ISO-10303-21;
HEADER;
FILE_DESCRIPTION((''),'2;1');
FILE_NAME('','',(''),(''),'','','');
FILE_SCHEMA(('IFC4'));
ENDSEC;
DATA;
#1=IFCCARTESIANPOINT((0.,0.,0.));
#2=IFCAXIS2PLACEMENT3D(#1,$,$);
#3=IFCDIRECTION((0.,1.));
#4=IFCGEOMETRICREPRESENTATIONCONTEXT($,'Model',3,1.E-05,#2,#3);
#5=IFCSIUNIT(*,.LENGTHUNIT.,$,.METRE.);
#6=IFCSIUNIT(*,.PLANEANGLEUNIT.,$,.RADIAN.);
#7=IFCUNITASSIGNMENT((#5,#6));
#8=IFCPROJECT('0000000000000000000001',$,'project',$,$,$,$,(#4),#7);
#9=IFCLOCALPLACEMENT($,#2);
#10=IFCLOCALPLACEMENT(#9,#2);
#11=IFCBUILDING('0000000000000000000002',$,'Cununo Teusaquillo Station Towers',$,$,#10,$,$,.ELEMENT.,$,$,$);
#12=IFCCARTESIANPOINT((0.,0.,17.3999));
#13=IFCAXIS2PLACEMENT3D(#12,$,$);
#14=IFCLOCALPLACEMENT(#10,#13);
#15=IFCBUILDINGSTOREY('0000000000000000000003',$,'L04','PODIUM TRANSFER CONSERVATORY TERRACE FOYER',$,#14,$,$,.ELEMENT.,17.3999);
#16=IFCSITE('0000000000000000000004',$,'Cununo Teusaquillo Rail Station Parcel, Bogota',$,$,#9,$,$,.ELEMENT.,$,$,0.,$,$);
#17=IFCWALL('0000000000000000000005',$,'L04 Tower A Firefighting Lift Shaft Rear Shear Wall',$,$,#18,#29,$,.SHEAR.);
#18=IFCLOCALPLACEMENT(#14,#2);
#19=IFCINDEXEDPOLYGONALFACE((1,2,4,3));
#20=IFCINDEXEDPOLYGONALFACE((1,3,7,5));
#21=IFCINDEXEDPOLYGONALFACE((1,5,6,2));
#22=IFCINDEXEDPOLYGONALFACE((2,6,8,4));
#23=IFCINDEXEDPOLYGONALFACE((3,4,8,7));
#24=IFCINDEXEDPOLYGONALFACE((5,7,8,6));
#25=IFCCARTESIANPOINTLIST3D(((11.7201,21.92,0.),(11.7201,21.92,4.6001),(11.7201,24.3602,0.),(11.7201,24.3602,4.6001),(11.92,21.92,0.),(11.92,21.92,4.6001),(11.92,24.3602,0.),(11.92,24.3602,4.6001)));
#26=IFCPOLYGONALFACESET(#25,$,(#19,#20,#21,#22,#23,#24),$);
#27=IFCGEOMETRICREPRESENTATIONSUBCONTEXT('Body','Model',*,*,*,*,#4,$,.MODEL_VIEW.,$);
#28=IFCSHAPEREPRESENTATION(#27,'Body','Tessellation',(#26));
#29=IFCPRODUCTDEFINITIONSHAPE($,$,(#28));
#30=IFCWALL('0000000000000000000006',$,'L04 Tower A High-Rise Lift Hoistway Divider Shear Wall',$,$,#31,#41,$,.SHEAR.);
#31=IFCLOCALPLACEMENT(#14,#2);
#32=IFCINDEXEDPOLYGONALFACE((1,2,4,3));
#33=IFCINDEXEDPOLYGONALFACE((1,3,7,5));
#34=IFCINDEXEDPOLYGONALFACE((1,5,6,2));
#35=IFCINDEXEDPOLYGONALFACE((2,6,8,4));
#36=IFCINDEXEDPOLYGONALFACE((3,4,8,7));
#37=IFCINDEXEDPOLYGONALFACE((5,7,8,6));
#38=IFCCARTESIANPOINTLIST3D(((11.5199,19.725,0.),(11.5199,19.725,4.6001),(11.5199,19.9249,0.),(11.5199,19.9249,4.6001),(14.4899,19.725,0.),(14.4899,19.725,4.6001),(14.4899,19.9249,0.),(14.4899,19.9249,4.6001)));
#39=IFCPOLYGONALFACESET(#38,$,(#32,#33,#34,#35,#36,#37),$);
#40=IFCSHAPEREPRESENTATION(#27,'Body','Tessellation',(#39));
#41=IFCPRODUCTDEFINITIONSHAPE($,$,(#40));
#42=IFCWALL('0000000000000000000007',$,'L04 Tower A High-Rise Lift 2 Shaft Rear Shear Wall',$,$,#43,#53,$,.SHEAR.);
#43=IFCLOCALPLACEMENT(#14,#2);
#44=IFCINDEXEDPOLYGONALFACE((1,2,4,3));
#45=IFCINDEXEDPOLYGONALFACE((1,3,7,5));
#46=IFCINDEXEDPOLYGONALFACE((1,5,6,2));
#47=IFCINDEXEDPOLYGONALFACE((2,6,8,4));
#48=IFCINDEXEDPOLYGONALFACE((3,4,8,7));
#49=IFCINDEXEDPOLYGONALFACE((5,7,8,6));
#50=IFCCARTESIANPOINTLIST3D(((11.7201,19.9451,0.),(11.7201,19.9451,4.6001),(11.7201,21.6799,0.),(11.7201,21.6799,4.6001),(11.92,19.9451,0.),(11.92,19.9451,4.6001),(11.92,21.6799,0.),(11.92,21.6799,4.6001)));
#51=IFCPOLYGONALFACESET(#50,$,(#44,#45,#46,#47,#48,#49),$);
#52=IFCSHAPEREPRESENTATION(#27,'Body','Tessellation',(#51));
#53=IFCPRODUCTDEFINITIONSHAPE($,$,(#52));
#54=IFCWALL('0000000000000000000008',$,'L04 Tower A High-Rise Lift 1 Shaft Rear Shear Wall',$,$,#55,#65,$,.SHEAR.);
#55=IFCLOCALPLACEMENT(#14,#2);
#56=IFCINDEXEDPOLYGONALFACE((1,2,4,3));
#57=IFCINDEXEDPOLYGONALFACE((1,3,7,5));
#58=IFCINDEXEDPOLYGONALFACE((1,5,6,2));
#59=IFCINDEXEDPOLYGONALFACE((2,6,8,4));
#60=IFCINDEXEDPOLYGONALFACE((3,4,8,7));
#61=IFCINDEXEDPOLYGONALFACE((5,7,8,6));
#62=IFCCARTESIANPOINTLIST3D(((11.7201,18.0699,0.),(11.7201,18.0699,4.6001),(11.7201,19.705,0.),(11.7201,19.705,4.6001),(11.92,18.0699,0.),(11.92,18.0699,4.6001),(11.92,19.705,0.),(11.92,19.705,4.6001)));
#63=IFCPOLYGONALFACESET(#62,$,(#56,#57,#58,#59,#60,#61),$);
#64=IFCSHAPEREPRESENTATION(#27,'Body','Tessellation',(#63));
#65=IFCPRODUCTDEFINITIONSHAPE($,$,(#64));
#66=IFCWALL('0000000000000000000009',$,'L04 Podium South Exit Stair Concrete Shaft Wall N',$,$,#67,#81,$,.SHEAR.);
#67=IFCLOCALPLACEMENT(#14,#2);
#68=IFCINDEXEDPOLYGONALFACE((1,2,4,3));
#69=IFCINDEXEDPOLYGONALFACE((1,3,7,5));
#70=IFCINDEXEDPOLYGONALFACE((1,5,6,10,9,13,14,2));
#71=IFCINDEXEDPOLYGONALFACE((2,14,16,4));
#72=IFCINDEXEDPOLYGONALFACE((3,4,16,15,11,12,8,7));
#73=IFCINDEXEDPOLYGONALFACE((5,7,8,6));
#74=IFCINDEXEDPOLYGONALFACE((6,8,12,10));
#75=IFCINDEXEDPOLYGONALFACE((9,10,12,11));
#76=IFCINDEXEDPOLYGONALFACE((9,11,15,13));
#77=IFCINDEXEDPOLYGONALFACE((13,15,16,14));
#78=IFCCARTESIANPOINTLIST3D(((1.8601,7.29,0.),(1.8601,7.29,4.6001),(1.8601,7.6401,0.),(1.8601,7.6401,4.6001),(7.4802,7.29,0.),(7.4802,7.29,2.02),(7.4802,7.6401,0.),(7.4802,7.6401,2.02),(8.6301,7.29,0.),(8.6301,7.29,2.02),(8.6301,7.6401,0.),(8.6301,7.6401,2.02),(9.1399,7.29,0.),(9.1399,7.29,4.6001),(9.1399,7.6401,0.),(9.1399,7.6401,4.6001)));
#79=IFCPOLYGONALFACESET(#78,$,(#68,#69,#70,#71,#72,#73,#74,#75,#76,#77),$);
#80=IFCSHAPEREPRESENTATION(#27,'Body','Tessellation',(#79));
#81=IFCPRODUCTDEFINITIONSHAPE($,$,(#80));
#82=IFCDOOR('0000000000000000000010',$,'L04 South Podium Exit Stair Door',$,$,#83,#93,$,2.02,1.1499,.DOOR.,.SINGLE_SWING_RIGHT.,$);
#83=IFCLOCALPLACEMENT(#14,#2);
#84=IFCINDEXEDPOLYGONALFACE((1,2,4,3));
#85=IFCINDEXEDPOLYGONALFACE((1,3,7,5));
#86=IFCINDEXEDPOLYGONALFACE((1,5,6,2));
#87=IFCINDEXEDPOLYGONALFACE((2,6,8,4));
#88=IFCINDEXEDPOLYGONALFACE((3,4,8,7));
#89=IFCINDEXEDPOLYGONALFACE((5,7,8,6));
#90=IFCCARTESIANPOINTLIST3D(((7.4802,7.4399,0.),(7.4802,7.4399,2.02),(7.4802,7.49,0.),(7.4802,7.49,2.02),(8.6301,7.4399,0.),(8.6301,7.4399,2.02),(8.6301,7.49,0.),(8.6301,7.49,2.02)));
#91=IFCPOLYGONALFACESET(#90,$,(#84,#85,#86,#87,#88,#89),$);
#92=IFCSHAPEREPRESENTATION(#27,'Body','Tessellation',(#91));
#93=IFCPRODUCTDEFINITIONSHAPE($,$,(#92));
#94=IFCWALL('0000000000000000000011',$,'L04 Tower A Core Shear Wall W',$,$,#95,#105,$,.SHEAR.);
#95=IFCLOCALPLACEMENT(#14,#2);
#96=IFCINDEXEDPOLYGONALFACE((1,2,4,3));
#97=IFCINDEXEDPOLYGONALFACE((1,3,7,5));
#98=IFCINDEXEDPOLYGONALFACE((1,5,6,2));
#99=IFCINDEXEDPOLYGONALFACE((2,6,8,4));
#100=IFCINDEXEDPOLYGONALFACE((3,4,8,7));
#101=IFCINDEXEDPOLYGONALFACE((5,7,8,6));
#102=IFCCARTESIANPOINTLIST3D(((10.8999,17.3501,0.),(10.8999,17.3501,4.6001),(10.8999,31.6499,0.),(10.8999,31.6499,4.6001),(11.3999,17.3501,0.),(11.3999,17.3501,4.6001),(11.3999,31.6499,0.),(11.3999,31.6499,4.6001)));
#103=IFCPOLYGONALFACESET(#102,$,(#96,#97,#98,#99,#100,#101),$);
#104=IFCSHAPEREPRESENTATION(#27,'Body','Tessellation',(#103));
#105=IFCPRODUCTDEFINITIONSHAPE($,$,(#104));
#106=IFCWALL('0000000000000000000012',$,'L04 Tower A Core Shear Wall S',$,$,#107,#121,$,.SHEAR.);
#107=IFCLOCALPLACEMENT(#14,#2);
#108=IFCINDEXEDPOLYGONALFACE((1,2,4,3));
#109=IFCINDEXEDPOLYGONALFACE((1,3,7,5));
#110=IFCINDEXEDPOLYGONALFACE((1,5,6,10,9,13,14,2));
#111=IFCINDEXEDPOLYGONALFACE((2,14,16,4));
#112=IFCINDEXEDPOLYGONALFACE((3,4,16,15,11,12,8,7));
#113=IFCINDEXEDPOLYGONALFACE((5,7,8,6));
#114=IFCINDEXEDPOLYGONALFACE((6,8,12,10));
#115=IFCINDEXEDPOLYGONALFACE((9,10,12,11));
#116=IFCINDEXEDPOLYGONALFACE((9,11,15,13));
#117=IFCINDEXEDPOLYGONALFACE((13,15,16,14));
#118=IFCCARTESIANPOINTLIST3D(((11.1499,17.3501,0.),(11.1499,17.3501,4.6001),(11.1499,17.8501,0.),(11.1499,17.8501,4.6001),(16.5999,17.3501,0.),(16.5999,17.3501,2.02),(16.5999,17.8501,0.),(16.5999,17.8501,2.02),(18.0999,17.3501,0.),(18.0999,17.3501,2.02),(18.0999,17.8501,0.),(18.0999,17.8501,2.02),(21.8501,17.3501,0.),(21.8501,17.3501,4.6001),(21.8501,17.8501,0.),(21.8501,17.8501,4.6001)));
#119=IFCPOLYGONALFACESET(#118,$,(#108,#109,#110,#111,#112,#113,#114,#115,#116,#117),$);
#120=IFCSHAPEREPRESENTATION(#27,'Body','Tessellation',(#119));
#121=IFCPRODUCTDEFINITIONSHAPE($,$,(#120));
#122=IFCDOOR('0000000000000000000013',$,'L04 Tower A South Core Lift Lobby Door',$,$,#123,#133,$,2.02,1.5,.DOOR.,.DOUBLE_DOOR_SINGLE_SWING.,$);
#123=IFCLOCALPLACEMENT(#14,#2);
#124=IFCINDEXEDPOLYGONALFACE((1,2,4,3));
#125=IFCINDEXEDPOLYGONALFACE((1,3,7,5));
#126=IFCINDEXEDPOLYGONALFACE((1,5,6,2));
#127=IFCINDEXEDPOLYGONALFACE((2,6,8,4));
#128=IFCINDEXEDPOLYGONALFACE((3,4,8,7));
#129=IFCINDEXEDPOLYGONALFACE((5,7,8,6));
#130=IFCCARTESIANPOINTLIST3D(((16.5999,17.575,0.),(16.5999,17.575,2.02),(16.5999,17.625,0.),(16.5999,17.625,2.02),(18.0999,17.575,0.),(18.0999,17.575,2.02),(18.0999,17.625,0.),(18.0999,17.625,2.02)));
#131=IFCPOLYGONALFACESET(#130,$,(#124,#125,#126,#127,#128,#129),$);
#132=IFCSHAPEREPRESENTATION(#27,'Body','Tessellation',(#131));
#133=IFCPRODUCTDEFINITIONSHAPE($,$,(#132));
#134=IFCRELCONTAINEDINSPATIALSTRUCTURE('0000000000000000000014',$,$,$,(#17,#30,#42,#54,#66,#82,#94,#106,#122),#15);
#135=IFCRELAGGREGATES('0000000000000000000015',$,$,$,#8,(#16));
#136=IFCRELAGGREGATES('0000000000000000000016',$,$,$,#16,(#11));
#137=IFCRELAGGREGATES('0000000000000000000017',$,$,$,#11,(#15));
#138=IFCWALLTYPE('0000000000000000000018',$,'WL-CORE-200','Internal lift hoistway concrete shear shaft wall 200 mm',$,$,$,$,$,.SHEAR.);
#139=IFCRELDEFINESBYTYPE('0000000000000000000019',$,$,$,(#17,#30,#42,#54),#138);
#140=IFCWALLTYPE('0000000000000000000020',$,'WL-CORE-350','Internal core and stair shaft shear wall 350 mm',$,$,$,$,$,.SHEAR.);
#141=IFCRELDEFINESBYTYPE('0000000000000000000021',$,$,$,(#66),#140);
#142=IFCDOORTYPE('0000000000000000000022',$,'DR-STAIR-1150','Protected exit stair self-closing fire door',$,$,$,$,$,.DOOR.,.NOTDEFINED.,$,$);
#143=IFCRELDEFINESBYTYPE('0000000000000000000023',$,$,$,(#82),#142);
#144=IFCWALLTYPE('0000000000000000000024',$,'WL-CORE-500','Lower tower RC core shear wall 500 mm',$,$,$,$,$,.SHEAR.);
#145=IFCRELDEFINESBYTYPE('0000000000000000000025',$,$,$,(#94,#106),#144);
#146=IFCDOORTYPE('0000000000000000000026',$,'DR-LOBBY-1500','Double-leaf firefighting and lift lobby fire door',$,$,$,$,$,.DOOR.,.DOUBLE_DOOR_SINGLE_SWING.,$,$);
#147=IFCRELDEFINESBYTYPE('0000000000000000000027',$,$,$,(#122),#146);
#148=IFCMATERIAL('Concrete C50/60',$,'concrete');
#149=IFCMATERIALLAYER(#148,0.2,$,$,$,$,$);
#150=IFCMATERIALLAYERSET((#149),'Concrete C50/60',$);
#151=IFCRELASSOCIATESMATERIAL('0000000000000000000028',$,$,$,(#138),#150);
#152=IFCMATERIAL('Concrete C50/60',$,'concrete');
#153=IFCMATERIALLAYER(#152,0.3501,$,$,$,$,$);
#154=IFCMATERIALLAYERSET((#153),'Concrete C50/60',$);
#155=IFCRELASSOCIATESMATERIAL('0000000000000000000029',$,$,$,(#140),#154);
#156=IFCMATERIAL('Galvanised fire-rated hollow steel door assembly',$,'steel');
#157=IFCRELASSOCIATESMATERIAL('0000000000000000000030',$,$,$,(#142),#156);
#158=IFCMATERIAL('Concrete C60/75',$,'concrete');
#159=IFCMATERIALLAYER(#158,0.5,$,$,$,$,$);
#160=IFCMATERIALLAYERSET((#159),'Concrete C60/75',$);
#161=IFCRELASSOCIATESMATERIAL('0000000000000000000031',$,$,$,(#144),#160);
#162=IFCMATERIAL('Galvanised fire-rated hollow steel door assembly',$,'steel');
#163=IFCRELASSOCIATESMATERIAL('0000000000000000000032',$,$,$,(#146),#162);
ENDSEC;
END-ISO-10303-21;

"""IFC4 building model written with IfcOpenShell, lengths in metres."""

from ifc_helpers import new_model, si_unit, direction, frame, frame_2d, origin, place, context, subcontext, project, spatial, rectangle, extrude, source, transform, mapped, material, layer, layer_set, type_object, element, fill, save


model = new_model("IFC4")

# Units and contexts
model_context = context("Model", 3, precision=1e-05, world=origin(), true_north=direction((0.0, 1.0)))
body_context = subcontext(model_context, "Body", "Model", "MODEL_VIEW")
ifc_project = project(units=[si_unit("LENGTHUNIT", "METRE"), si_unit("PLANEANGLEUNIT", "RADIAN")], contexts=[model_context])

# Site, building, storey
site_placement = place(None, origin())
site = spatial("IfcSite", under=ifc_project, at=site_placement, Name="Cununo Teusaquillo Rail Station Parcel, Bogota", CompositionType="ELEMENT", RefElevation=0.0)
building_placement = place(site_placement, origin())
building = spatial("IfcBuilding", under=site, at=building_placement, Name="Cununo Teusaquillo Station Towers", CompositionType="ELEMENT")
storey_placement = place(building_placement, frame((0.0, 0.0, 17.3999)))
storey = spatial("IfcBuildingStorey", under=building, at=storey_placement, Name="L04", Description="PODIUM TRANSFER CONSERVATORY TERRACE FOYER", CompositionType="ELEMENT", Elevation=17.3999)

# Walls
ifc_material_1 = material(Name="Concrete C50/60", Category="concrete")
ifc_layer_1 = layer(ifc_material_1, 0.2)
ifc_layer_set_1 = layer_set([ifc_layer_1], Name="Concrete C50/60")
wall_type_1 = type_object("IfcWallType", Name="WL-CORE-200", Description="Internal lift hoistway concrete shear shaft wall 200 mm", PredefinedType="SHEAR", material=ifc_layer_set_1)
wall_1_placement = place(storey_placement, frame((11.8201, 21.9199, 0.0), z_axis=(0.0, 0.0, 1.0), x_axis=(0.0, 1.0, 0.0)))
element("IfcWall", 1, at=wall_1_placement, inside=storey, type_object=wall_type_1, Name="L04 Tower A Firefighting Lift Shaft Rear Shear Wall", PredefinedType="SHEAR", context=body_context, shape_type="SweptSolid", body=[
    extrude(rectangle(XDim=2.4402, YDim=0.2, at=frame_2d((1.2202, 0.0))), origin(), (0.0, 0.0, 1.0), 4.6001),
])
wall_2_placement = place(storey_placement, frame((11.52, 19.825, 0.0), z_axis=(0.0, 0.0, 1.0), x_axis=(1.0, 0.0, 0.0)))
element("IfcWall", 2, at=wall_2_placement, inside=storey, type_object=wall_type_1, Name="L04 Tower A High-Rise Lift Hoistway Divider Shear Wall", PredefinedType="SHEAR", context=body_context, shape_type="SweptSolid", body=[
    extrude(rectangle(XDim=2.97, YDim=0.2, at=frame_2d((1.4849, 0.0))), origin(), (0.0, 0.0, 1.0), 4.6001),
])
wall_3_placement = place(storey_placement, frame((11.8201, 19.9451, 0.0), z_axis=(0.0, 0.0, 1.0), x_axis=(0.0, 1.0, 0.0)))
element("IfcWall", 3, at=wall_3_placement, inside=storey, type_object=wall_type_1, Name="L04 Tower A High-Rise Lift 2 Shaft Rear Shear Wall", PredefinedType="SHEAR", context=body_context, shape_type="SweptSolid", body=[
    extrude(rectangle(XDim=1.7349, YDim=0.2, at=frame_2d((0.8674, 0.0))), origin(), (0.0, 0.0, 1.0), 4.6001),
])
wall_4_placement = place(storey_placement, frame((11.8201, 18.0701, 0.0), z_axis=(0.0, 0.0, 1.0), x_axis=(0.0, 1.0, 0.0)))
element("IfcWall", 4, at=wall_4_placement, inside=storey, type_object=wall_type_1, Name="L04 Tower A High-Rise Lift 1 Shaft Rear Shear Wall", PredefinedType="SHEAR", context=body_context, shape_type="SweptSolid", body=[
    extrude(rectangle(XDim=1.635, YDim=0.2, at=frame_2d((0.8174, 0.0))), origin(), (0.0, 0.0, 1.0), 4.6001),
])

# Wall, opening, door
ifc_material_2 = material(Name="Concrete C50/60", Category="concrete")
ifc_layer_2 = layer(ifc_material_2, 0.3501)
ifc_layer_set_2 = layer_set([ifc_layer_2], Name="Concrete C50/60")
wall_type_2 = type_object("IfcWallType", Name="WL-CORE-350", Description="Internal core and stair shaft shear wall 350 mm", PredefinedType="SHEAR", material=ifc_layer_set_2)
wall_5_placement = place(storey_placement, frame((1.8601, 7.4651, 0.0), z_axis=(0.0, 0.0, 1.0), x_axis=(1.0, 0.0, 0.0)))
wall_5 = element("IfcWall", 5, at=wall_5_placement, inside=storey, type_object=wall_type_2, Name="L04 Podium South Exit Stair Concrete Shaft Wall N", PredefinedType="SHEAR", context=body_context, shape_type="SweptSolid", body=[
    extrude(rectangle(XDim=7.2798, YDim=0.3501, at=frame_2d((3.6399, 0.0))), origin(), (0.0, 0.0, 1.0), 4.6001),
])
shared_shape_1 = source(origin(), body_context, "Body", "SweptSolid", [
    extrude(rectangle(XDim=1.1499, YDim=2.02, at=frame_2d((0.575, 1.01))), frame((0.0, 0.1851, 0.0), z_axis=(0.0, -1.0, 0.0), x_axis=(1.0, 0.0, 0.0)), (0.0, 0.0, 1.0), 0.3701),
])
opening_1_placement = place(wall_5_placement, frame((5.6201, 0.0, 0.0)))
opening_1 = element("IfcOpeningElement", 6, at=opening_1_placement, cuts=wall_5, PredefinedType="OPENING", context=body_context, shape_type="MappedRepresentation", body=[
    mapped(shared_shape_1, transform((0.0, 0.0, 0.0), x_axis=(1.0, 0.0, 0.0), y_axis=(0.0, 1.0, 0.0), z_axis=(0.0, 0.0, 1.0), scale=1.0)),
])
ifc_material_3 = material(Name="Galvanised fire-rated hollow steel door assembly", Category="steel")
door_type_1 = type_object("IfcDoorType", Name="DR-STAIR-1150", Description="Protected exit stair self-closing fire door", OperationType="NOTDEFINED", PredefinedType="DOOR", material=ifc_material_3)
shared_shape_2 = source(origin(), body_context, "Body", "SweptSolid", [
    extrude(rectangle(XDim=1.1499, YDim=2.02, at=frame_2d((0.575, 1.01))), frame((0.0, 0.0249, 0.0), z_axis=(0.0, -1.0, 0.0), x_axis=(1.0, 0.0, 0.0)), (0.0, 0.0, 1.0), 0.05),
])
door_1_placement = place(opening_1_placement, origin())
door_1 = element("IfcDoor", 7, at=door_1_placement, inside=storey, type_object=door_type_1, Name="L04 South Podium Exit Stair Door", OperationType="SINGLE_SWING_RIGHT", OverallHeight=2.02, OverallWidth=1.1499, PredefinedType="DOOR", context=body_context, shape_type="MappedRepresentation", body=[
    mapped(shared_shape_2, transform((0.0, 0.0, 0.0), x_axis=(1.0, 0.0, 0.0), y_axis=(0.0, 1.0, 0.0), z_axis=(0.0, 0.0, 1.0), scale=1.0)),
])
fill(opening_1, door_1)

# Wall
ifc_material_4 = material(Name="Concrete C60/75", Category="concrete")
ifc_layer_3 = layer(ifc_material_4, 0.5)
ifc_layer_set_3 = layer_set([ifc_layer_3], Name="Concrete C60/75")
wall_type_3 = type_object("IfcWallType", Name="WL-CORE-500", Description="Lower tower RC core shear wall 500 mm", PredefinedType="SHEAR", material=ifc_layer_set_3)
wall_6_placement = place(storey_placement, frame((11.1499, 17.3501, 0.0), z_axis=(0.0, 0.0, 1.0), x_axis=(0.0, 1.0, 0.0)))
element("IfcWall", 8, at=wall_6_placement, inside=storey, type_object=wall_type_3, Name="L04 Tower A Core Shear Wall W", PredefinedType="SHEAR", context=body_context, shape_type="SweptSolid", body=[
    extrude(rectangle(XDim=14.2998, YDim=0.5, at=frame_2d((7.1499, 0.0))), origin(), (0.0, 0.0, 1.0), 4.6001),
])

# Wall, opening, door
wall_7_placement = place(storey_placement, frame((11.1499, 17.6001, 0.0), z_axis=(0.0, 0.0, 1.0), x_axis=(1.0, 0.0, 0.0)))
wall_7 = element("IfcWall", 9, at=wall_7_placement, inside=storey, type_object=wall_type_3, Name="L04 Tower A Core Shear Wall S", PredefinedType="SHEAR", context=body_context, shape_type="SweptSolid", body=[
    extrude(rectangle(XDim=10.7002, YDim=0.5, at=frame_2d((5.3501, 0.0))), origin(), (0.0, 0.0, 1.0), 4.6001),
])
shared_shape_3 = source(origin(), body_context, "Body", "SweptSolid", [
    extrude(rectangle(XDim=1.5, YDim=2.02, at=frame_2d((0.75, 1.01))), frame((0.0, 0.26, 0.0), z_axis=(0.0, -1.0, 0.0), x_axis=(1.0, 0.0, 0.0)), (0.0, 0.0, 1.0), 0.52),
])
opening_2_placement = place(wall_7_placement, frame((5.45, 0.0, 0.0)))
opening_2 = element("IfcOpeningElement", 10, at=opening_2_placement, cuts=wall_7, PredefinedType="OPENING", context=body_context, shape_type="MappedRepresentation", body=[
    mapped(shared_shape_3, transform((0.0, 0.0, 0.0), x_axis=(1.0, 0.0, 0.0), y_axis=(0.0, 1.0, 0.0), z_axis=(0.0, 0.0, 1.0), scale=1.0)),
])
ifc_material_5 = material(Name="Galvanised fire-rated hollow steel door assembly", Category="steel")
door_type_2 = type_object("IfcDoorType", Name="DR-LOBBY-1500", Description="Double-leaf firefighting and lift lobby fire door", OperationType="DOUBLE_DOOR_SINGLE_SWING", PredefinedType="DOOR", material=ifc_material_5)
shared_shape_4 = source(origin(), body_context, "Body", "SweptSolid", [
    extrude(rectangle(XDim=1.5, YDim=2.02, at=frame_2d((0.75, 1.01))), frame((0.0, 0.0249, 0.0), z_axis=(0.0, -1.0, 0.0), x_axis=(1.0, 0.0, 0.0)), (0.0, 0.0, 1.0), 0.05),
])
door_2_placement = place(opening_2_placement, origin())
door_2 = element("IfcDoor", 11, at=door_2_placement, inside=storey, type_object=door_type_2, Name="L04 Tower A South Core Lift Lobby Door", OperationType="DOUBLE_DOOR_SINGLE_SWING", OverallHeight=2.02, OverallWidth=1.5, PredefinedType="DOOR", context=body_context, shape_type="MappedRepresentation", body=[
    mapped(shared_shape_4, transform((0.0, 0.0, 0.0), x_axis=(1.0, 0.0, 0.0), y_axis=(0.0, 1.0, 0.0), z_axis=(0.0, 0.0, 1.0), scale=1.0)),
])
fill(opening_2, door_2)

save(model, "model.ifc")
